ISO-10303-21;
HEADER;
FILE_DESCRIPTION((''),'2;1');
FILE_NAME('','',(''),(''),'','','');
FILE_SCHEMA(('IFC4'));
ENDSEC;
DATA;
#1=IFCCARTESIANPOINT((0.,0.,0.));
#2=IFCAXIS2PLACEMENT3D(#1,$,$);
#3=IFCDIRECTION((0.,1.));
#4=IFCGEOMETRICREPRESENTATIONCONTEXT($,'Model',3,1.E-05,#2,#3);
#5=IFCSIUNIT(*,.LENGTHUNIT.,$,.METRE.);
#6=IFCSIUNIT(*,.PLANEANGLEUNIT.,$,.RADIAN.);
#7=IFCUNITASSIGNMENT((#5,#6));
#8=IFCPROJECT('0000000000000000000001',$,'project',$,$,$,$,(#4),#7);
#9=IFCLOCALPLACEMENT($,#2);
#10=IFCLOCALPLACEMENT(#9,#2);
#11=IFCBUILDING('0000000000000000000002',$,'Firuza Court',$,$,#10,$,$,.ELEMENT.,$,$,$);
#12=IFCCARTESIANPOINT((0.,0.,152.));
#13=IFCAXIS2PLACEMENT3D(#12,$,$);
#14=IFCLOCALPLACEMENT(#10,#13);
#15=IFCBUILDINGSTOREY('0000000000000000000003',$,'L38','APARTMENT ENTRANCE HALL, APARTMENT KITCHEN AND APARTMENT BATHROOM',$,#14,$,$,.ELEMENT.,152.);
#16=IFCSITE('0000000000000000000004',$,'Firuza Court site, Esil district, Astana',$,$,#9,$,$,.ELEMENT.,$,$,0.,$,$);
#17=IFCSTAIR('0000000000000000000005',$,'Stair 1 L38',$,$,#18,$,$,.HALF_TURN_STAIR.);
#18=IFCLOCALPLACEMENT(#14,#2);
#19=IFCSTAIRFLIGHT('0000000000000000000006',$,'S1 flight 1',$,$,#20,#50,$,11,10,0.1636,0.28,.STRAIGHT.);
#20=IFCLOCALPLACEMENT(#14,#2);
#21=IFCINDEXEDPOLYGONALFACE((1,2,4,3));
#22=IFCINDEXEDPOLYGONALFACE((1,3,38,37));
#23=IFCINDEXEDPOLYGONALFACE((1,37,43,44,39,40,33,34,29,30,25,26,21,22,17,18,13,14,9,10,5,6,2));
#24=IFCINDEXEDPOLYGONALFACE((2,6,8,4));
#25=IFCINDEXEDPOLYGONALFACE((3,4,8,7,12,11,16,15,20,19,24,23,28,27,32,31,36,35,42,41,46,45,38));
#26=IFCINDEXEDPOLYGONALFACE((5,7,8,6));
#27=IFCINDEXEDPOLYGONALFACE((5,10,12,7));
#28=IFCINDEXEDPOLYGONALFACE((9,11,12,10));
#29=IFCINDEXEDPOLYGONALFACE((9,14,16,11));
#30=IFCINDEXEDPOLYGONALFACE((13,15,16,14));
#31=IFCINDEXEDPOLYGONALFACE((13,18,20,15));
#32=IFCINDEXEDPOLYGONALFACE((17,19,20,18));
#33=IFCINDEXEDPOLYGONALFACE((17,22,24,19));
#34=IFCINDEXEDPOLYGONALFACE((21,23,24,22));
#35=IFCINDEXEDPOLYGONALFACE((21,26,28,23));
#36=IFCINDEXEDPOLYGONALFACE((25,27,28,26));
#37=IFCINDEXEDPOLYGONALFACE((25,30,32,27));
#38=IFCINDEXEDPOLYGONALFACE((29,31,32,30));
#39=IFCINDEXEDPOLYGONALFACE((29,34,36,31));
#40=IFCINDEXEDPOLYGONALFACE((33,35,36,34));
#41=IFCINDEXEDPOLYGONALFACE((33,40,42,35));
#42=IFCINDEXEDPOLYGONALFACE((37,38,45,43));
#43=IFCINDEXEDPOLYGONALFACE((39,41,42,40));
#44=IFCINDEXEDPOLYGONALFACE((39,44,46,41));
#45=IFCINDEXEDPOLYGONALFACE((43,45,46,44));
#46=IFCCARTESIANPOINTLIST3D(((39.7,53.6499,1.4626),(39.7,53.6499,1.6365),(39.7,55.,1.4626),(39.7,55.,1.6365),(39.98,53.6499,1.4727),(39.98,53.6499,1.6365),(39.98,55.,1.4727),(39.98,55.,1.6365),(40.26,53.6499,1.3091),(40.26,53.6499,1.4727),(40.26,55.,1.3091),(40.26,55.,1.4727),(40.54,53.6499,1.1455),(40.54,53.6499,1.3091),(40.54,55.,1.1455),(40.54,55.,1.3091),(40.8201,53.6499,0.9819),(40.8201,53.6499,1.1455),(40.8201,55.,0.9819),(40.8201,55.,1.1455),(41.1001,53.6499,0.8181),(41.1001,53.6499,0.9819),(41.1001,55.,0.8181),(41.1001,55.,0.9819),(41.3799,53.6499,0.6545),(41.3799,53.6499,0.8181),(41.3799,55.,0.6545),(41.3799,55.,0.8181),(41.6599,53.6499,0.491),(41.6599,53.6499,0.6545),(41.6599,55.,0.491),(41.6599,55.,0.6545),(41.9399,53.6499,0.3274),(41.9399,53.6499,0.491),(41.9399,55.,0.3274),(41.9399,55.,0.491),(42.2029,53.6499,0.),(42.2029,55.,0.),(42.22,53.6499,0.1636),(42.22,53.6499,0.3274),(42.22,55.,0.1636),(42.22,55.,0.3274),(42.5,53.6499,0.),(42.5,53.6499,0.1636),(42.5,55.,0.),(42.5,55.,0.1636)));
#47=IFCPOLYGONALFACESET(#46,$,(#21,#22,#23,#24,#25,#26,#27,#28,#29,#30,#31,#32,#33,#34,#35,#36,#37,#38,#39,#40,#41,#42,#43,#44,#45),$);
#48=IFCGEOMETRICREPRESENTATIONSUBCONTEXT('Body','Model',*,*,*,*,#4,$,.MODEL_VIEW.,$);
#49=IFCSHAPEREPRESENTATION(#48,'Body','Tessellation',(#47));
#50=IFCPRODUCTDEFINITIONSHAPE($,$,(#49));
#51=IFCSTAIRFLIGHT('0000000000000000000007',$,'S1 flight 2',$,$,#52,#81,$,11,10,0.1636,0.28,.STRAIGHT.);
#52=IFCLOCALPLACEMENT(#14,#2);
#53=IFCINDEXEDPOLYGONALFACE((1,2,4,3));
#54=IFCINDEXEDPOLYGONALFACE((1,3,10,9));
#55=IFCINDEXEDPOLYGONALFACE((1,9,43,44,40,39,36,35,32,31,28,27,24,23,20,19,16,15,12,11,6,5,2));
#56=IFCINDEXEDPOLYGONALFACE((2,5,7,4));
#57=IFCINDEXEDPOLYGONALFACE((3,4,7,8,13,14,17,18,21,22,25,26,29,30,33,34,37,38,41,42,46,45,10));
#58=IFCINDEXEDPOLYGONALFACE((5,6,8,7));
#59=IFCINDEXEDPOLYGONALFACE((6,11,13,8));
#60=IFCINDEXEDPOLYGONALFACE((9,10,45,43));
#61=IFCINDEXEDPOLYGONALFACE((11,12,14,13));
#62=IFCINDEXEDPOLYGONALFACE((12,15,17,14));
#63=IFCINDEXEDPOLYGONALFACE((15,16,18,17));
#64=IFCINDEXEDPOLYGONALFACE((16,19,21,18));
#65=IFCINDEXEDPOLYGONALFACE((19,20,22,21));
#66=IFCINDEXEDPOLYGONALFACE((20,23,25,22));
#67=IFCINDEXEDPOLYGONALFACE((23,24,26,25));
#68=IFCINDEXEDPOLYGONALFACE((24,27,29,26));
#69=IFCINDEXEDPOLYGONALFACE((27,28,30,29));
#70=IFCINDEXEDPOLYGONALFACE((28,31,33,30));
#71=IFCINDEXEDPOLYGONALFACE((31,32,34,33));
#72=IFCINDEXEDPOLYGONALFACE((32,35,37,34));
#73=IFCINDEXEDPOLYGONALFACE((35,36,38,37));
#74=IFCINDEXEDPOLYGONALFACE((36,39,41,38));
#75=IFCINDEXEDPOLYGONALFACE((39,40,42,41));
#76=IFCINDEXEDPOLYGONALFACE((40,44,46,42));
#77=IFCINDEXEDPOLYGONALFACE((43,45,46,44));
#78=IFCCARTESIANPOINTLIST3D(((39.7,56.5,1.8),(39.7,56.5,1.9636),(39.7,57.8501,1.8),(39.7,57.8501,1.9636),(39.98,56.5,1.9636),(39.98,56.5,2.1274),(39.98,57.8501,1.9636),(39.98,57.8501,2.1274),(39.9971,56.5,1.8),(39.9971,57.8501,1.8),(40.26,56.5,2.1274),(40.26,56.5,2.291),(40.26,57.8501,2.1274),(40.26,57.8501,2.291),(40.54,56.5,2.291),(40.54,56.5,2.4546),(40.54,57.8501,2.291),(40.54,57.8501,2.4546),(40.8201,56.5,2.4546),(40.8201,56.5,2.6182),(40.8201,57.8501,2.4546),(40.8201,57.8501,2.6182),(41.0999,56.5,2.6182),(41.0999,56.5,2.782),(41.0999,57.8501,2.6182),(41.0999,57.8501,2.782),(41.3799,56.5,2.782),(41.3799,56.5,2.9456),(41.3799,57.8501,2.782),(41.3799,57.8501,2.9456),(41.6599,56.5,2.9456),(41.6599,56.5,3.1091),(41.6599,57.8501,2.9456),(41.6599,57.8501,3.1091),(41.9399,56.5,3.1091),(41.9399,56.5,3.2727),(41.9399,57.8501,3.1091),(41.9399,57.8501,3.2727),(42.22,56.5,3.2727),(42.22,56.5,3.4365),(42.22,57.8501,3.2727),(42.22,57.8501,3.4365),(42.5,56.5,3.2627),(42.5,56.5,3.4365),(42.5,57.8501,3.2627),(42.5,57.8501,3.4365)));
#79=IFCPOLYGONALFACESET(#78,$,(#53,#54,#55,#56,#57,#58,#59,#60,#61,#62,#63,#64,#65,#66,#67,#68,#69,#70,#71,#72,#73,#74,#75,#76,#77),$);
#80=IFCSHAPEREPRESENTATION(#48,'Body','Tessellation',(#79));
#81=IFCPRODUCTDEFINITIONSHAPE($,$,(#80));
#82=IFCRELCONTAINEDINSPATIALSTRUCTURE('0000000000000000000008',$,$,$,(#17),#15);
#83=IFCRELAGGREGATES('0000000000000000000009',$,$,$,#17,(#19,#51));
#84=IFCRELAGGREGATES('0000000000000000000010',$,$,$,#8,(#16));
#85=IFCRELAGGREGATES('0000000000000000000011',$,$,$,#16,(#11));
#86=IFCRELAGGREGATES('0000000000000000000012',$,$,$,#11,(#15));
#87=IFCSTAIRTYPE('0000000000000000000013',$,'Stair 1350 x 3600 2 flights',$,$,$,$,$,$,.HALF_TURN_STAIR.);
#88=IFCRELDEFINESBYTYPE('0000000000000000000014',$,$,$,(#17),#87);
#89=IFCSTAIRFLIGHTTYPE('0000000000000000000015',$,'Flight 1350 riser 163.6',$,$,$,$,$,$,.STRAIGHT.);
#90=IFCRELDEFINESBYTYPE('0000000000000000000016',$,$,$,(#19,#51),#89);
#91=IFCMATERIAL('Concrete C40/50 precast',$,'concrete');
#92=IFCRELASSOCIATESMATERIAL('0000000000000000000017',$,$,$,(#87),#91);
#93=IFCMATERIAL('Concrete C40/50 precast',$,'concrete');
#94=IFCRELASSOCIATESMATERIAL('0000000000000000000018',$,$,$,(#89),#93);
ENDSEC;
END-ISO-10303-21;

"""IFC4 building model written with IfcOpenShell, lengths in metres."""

from ifc_helpers import new_model, si_unit, direction, frame, origin, place, context, subcontext, project, spatial, polyline, outline, extrude, material, type_object, element, aggregate, save


model = new_model("IFC4")

# Units and contexts
model_context = context("Model", 3, precision=1e-05, world=origin(), true_north=direction((0.0, 1.0)))
body_context = subcontext(model_context, "Body", "Model", "MODEL_VIEW")
ifc_project = project(units=[si_unit("LENGTHUNIT", "METRE"), si_unit("PLANEANGLEUNIT", "RADIAN")], contexts=[model_context])

# Site, building, storey
site_placement = place(None, origin())
site = spatial("IfcSite", under=ifc_project, at=site_placement, Name="Firuza Court site, Esil district, Astana", CompositionType="ELEMENT", RefElevation=0.0)
building_placement = place(site_placement, origin())
building = spatial("IfcBuilding", under=site, at=building_placement, Name="Firuza Court", CompositionType="ELEMENT")
storey_placement = place(building_placement, frame((0.0, 0.0, 152.0)))
storey = spatial("IfcBuildingStorey", under=building, at=storey_placement, Name="L38", Description="APARTMENT ENTRANCE HALL, APARTMENT KITCHEN AND APARTMENT BATHROOM", CompositionType="ELEMENT", Elevation=152.0)

# Stair, stair flights
ifc_material_1 = material(Name="Concrete C40/50 precast", Category="concrete")
stair_type = type_object("IfcStairType", Name="Stair 1350 x 3600 2 flights", PredefinedType="HALF_TURN_STAIR", material=ifc_material_1)
stair_placement = place(storey_placement, origin())
stair = element("IfcStair", 1, at=stair_placement, inside=storey, type_object=stair_type, Name="Stair 1 L38", PredefinedType="HALF_TURN_STAIR")
ifc_material_2 = material(Name="Concrete C40/50 precast", Category="concrete")
stair_flight_type = type_object("IfcStairFlightType", Name="Flight 1350 riser 163.6", PredefinedType="STRAIGHT", material=ifc_material_2)
stair_flight_1_placement = place(storey_placement, frame((42.5, 54.325, 0.0), z_axis=(0.0, 0.0, 1.0), x_axis=(-1.0, 0.0, 0.0)))
stair_flight_1 = element("IfcStairFlight", 2, at=stair_flight_1_placement, type_object=stair_flight_type, Name="S1 flight 1", NumberOfRisers=11, NumberOfTreads=10, PredefinedType="STRAIGHT", RiserHeight=0.1636, TreadLength=0.28, context=body_context, shape_type="SweptSolid", body=[
    extrude(outline(polyline([(0.0, 0.0), (0.0, 0.1636), (0.28, 0.1636), (0.28, 0.3274), (0.5601, 0.3274), (0.5601, 0.491), (0.8401, 0.491), (0.8401, 0.6545), (1.1201, 0.6545), (1.1201, 0.8181), (1.3999, 0.8181), (1.3999, 0.9819), (1.6799, 0.9819), (1.6799, 1.1455), (1.96, 1.1455), (1.96, 1.3091), (2.24, 1.3091), (2.24, 1.4727), (2.52, 1.4727), (2.52, 1.6365), (2.8, 1.6365), (2.8, 1.8), (2.8, 1.4626), (0.2971, 0.0), (0.0, 0.0)])), frame((0.0, 0.675, 0.0), z_axis=(0.0, -1.0, 0.0), x_axis=(1.0, 0.0, 0.0)), (0.0, 0.0, 1.0), 1.3501),
])
stair_flight_2_placement = place(storey_placement, frame((39.7, 57.175, 1.8), z_axis=(0.0, 0.0, 1.0), x_axis=(1.0, 0.0, 0.0)))
stair_flight_2 = element("IfcStairFlight", 3, at=stair_flight_2_placement, type_object=stair_flight_type, Name="S1 flight 2", NumberOfRisers=11, NumberOfTreads=10, PredefinedType="STRAIGHT", RiserHeight=0.1636, TreadLength=0.28, context=body_context, shape_type="SweptSolid", body=[
    extrude(outline(polyline([(0.0, 0.0), (0.0, 0.1636), (0.28, 0.1636), (0.28, 0.3274), (0.5601, 0.3274), (0.5601, 0.491), (0.8401, 0.491), (0.8401, 0.6545), (1.1201, 0.6545), (1.1201, 0.8181), (1.3999, 0.8181), (1.3999, 0.9819), (1.6799, 0.9819), (1.6799, 1.1455), (1.96, 1.1455), (1.96, 1.3091), (2.24, 1.3091), (2.24, 1.4727), (2.52, 1.4727), (2.52, 1.6365), (2.8, 1.6365), (2.8, 1.8), (2.8, 1.4626), (0.2971, 0.0), (0.0, 0.0)])), frame((0.0, 0.675, 0.0), z_axis=(0.0, -1.0, 0.0), x_axis=(1.0, 0.0, 0.0)), (0.0, 0.0, 1.0), 1.3501),
])
aggregate(stair, [stair_flight_1, stair_flight_2])

save(model, "model.ifc")
